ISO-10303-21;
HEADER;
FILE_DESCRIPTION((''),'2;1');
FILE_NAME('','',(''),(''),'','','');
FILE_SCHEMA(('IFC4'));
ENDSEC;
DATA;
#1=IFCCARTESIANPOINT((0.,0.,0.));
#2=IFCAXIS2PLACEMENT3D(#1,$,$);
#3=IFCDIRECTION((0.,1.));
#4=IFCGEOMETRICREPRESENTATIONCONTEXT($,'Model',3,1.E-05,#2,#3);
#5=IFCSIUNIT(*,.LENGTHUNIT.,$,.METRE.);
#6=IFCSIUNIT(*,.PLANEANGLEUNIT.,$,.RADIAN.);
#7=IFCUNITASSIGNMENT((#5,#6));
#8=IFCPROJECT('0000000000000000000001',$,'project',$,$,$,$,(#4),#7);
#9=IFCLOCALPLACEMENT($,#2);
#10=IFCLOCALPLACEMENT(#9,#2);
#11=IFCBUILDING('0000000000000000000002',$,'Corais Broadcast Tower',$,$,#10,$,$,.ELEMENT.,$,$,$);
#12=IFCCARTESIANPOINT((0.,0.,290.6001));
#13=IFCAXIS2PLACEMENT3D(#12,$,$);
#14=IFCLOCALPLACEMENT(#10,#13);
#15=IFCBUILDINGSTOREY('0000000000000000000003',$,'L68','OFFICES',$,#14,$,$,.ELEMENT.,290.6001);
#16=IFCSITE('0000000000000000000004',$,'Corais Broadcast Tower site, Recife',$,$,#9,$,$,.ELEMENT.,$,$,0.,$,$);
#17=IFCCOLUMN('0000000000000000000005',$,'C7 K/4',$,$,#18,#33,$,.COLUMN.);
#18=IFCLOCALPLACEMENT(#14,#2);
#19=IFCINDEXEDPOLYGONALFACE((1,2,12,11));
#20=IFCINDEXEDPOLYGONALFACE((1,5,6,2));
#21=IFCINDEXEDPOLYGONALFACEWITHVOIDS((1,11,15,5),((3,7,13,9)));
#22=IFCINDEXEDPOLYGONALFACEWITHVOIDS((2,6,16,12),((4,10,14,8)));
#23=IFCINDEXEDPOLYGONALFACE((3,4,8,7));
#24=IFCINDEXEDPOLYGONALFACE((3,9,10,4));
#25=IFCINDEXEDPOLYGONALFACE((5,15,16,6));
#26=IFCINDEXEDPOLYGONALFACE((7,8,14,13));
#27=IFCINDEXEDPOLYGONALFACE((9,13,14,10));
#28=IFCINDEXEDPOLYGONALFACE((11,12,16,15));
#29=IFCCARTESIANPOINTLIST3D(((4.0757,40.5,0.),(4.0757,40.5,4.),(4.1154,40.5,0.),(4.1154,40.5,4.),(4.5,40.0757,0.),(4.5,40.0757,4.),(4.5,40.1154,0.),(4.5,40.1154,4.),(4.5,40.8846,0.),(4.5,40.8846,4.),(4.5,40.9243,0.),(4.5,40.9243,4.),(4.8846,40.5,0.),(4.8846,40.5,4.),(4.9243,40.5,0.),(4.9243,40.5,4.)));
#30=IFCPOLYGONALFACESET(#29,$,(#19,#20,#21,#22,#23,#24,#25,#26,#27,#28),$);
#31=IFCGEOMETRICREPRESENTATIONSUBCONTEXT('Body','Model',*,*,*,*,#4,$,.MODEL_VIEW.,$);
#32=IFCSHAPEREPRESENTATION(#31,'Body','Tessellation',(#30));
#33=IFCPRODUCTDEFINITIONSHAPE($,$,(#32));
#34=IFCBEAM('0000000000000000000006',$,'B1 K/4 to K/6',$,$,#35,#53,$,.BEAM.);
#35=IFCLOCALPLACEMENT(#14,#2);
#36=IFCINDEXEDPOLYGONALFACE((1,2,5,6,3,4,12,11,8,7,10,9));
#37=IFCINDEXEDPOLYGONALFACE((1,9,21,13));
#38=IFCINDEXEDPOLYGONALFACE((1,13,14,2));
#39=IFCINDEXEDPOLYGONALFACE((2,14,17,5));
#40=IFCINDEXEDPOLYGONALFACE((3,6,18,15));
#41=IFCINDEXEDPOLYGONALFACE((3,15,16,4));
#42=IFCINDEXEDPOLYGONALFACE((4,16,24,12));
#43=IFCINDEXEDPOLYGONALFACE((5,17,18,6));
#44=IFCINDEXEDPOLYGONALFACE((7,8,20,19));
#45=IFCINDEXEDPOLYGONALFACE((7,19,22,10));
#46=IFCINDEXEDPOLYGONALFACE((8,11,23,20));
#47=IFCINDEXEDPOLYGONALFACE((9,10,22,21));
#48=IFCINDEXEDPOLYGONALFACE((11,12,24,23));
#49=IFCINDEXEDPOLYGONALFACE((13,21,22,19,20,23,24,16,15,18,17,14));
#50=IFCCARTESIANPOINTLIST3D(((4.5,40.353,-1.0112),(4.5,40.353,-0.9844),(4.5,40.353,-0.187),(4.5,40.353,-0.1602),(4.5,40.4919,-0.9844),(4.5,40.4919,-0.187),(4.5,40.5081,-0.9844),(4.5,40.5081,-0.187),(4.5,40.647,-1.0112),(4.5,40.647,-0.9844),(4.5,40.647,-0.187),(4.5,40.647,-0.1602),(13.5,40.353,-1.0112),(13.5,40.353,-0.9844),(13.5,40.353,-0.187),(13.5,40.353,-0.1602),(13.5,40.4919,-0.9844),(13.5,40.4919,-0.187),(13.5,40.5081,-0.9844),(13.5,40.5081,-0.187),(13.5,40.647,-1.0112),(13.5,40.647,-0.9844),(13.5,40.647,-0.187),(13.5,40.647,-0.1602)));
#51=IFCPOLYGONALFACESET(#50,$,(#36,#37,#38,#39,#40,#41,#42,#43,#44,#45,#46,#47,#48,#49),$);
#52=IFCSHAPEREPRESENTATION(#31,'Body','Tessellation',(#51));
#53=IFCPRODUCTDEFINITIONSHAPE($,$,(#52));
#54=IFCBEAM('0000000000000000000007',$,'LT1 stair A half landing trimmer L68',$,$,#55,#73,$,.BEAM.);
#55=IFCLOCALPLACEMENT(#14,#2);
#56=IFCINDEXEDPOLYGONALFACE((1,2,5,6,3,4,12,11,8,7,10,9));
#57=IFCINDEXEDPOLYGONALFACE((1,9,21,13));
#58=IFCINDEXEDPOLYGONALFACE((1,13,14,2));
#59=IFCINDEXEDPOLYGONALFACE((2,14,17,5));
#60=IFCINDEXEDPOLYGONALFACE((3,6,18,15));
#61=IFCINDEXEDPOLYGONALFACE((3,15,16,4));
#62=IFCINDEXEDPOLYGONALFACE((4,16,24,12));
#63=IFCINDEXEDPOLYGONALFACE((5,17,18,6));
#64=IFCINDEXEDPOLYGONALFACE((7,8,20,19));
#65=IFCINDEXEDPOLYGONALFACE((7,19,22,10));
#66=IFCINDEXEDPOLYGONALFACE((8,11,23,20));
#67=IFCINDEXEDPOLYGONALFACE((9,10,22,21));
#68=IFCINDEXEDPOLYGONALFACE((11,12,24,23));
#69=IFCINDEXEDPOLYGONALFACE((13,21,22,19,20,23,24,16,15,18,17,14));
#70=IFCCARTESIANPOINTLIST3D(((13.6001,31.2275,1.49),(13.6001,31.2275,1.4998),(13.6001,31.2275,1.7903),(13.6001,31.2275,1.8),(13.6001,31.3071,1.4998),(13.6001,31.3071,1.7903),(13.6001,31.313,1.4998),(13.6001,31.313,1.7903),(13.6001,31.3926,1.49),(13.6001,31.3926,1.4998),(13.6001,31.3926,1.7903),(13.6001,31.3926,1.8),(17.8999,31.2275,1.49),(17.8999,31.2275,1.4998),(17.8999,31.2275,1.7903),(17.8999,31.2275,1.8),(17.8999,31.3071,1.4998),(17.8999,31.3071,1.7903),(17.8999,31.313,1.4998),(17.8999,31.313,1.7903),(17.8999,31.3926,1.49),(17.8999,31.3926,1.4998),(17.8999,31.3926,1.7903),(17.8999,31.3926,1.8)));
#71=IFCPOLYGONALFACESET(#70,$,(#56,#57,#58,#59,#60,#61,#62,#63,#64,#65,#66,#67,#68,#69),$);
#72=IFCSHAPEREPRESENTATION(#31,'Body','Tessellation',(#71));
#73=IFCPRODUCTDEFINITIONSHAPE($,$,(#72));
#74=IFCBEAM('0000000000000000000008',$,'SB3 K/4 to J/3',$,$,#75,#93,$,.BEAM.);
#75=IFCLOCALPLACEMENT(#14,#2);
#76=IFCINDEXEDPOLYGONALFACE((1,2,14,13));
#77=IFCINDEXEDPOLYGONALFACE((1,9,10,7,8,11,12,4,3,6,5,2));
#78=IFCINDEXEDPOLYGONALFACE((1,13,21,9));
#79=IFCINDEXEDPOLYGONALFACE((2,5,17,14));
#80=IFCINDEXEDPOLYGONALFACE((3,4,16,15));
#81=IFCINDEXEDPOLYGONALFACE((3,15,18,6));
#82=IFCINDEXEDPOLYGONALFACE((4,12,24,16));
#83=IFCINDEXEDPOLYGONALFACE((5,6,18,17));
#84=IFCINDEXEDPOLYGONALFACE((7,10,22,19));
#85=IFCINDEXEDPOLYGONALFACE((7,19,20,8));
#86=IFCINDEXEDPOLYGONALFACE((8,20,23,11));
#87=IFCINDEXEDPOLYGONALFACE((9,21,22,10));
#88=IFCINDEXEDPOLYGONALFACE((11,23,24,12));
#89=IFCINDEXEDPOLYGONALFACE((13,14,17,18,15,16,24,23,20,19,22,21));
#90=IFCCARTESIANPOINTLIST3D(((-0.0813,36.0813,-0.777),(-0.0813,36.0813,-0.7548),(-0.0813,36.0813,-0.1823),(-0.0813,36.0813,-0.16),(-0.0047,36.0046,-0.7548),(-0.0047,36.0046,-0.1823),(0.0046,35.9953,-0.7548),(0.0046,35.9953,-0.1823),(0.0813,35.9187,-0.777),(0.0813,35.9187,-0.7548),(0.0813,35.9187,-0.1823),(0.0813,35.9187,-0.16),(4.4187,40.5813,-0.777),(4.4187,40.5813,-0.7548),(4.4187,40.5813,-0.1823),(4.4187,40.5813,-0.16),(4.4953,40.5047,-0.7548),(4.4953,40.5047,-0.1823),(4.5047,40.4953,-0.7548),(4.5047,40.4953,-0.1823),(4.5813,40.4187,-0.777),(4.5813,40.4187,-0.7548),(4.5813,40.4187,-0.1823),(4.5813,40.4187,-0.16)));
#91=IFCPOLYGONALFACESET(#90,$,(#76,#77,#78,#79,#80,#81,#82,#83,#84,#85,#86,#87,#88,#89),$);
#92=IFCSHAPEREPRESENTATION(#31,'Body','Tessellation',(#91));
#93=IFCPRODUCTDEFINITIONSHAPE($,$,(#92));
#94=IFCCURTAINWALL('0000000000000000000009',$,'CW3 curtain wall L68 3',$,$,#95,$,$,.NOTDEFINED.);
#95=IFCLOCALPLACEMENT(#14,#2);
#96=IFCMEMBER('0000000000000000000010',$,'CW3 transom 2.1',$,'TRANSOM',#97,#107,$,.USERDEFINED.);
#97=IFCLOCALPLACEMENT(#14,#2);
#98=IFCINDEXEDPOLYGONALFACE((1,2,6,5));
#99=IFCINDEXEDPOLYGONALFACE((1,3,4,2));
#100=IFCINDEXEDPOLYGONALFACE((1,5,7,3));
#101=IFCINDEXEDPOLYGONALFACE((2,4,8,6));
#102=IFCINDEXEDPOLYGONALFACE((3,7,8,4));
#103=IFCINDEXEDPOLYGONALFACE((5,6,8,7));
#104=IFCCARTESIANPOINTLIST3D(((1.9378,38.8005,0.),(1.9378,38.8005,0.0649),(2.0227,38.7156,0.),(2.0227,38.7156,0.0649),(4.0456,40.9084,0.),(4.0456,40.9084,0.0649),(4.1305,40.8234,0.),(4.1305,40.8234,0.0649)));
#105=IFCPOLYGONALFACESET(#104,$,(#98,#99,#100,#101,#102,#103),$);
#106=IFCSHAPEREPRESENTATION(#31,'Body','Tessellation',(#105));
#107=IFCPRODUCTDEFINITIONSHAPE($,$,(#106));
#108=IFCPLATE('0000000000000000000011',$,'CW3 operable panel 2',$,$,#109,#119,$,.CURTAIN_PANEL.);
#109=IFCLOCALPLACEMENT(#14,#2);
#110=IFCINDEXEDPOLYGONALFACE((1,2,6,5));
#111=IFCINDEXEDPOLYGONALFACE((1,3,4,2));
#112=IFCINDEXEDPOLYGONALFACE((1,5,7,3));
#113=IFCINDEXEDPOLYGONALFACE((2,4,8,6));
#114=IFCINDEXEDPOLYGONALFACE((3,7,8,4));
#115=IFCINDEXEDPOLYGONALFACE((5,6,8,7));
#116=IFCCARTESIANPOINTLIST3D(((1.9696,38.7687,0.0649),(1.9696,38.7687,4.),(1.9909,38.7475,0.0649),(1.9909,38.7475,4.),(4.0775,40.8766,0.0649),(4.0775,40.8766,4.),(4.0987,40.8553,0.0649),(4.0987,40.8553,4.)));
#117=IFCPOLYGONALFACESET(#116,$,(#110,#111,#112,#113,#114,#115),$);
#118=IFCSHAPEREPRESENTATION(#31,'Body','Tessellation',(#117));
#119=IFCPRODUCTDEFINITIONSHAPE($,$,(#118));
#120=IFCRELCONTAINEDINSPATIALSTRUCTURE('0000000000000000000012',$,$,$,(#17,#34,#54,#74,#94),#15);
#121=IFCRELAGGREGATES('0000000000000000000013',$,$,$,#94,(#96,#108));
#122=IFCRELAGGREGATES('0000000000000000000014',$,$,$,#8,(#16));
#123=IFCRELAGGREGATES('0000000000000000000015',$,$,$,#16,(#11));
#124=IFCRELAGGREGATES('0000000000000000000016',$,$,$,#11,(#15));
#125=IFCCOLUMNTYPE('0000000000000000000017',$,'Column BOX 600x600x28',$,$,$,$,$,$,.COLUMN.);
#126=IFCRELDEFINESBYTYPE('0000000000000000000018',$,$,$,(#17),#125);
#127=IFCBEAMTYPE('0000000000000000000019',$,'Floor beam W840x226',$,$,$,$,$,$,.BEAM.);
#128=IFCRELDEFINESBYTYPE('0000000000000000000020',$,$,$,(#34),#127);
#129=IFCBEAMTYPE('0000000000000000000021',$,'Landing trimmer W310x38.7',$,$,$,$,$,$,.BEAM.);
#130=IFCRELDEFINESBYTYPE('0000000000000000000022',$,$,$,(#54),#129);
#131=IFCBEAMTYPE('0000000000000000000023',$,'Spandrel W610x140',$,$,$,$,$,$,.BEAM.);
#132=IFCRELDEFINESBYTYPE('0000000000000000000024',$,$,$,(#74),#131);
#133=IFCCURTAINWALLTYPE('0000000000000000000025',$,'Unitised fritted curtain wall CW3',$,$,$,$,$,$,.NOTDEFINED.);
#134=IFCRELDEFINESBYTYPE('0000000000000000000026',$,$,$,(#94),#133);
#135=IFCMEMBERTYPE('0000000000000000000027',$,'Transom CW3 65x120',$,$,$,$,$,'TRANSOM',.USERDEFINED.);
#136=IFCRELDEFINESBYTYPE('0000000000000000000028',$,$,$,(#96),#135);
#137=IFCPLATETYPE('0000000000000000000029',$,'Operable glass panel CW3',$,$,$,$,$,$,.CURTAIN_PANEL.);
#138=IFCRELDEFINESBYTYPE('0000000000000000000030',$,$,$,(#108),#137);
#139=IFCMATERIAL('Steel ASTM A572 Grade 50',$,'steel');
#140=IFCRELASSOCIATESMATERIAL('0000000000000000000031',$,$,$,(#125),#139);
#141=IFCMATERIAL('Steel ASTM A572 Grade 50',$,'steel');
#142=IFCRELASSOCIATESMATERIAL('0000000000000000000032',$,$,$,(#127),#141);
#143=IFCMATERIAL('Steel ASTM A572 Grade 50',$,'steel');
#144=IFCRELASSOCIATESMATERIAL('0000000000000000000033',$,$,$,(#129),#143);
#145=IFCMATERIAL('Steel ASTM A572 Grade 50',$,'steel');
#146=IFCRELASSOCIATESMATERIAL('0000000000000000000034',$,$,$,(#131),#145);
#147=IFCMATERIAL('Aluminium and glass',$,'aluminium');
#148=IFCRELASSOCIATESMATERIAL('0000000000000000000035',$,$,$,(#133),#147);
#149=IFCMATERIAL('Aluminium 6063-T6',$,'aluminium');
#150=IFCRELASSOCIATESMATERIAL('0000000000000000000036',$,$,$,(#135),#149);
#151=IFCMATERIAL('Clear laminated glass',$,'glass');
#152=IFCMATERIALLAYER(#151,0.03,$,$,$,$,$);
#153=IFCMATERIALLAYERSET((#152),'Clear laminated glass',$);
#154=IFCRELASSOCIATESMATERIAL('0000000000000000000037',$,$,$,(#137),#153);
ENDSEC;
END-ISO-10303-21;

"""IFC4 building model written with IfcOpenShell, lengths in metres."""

from ifc_helpers import new_model, si_unit, direction, frame, origin, origin_2d, place, context, subcontext, project, spatial, rectangle, hollow_rectangle, i_section, extrude, material, layer, layer_set, material_profile, profile_set, type_object, element, aggregate, save


model = new_model("IFC4")

# Units and contexts
model_context = context("Model", 3, precision=1e-05, world=origin(), true_north=direction((0.0, 1.0)))
body_context = subcontext(model_context, "Body", "Model", "MODEL_VIEW")
ifc_project = project(units=[si_unit("LENGTHUNIT", "METRE"), si_unit("PLANEANGLEUNIT", "RADIAN")], contexts=[model_context])

# Site, building, storey
site_placement = place(None, origin())
site = spatial("IfcSite", under=ifc_project, at=site_placement, Name="Corais Broadcast Tower site, Recife", CompositionType="ELEMENT", RefElevation=0.0)
building_placement = place(site_placement, origin())
building = spatial("IfcBuilding", under=site, at=building_placement, Name="Corais Broadcast Tower", CompositionType="ELEMENT")
storey_placement = place(building_placement, frame((0.0, 0.0, 290.6001)))
storey = spatial("IfcBuildingStorey", under=building, at=storey_placement, Name="L68", Description="OFFICES", CompositionType="ELEMENT", Elevation=290.6001)

# Column
ifc_material_1 = material(Name="Steel ASTM A572 Grade 50", Category="steel")
ifc_material_profile_1 = material_profile(ifc_material_1, hollow_rectangle(XDim=0.6001, YDim=0.6001, WallThickness=0.0281, at=origin_2d()), Name="BOX 600x600x28")
ifc_profile_set_1 = profile_set([ifc_material_profile_1], Name="Steel ASTM A572 Grade 50")
column_type = type_object("IfcColumnType", Name="Column BOX 600x600x28", PredefinedType="COLUMN", material=ifc_profile_set_1)
column_placement = place(storey_placement, frame((4.5, 40.5, 0.0), z_axis=(0.0, 0.0, 1.0), x_axis=(0.707107, 0.707107, 0.0)))
element("IfcColumn", 1, at=column_placement, inside=storey, type_object=column_type, Name="C7 K/4", PredefinedType="COLUMN", context=body_context, shape_type="SweptSolid", body=[
    extrude(hollow_rectangle(XDim=0.6001, YDim=0.6001, WallThickness=0.0281, at=origin_2d()), origin(), (0.0, 0.0, 1.0), 4.0),
])

# Beams
ifc_material_2 = material(Name="Steel ASTM A572 Grade 50", Category="steel")
ifc_material_profile_2 = material_profile(ifc_material_2, i_section(OverallWidth=0.2939, OverallDepth=0.8511, WebThickness=0.0161, FlangeThickness=0.0269, at=origin_2d()), Name="W840x226")
ifc_profile_set_2 = profile_set([ifc_material_profile_2], Name="Steel ASTM A572 Grade 50")
beam_type_1 = type_object("IfcBeamType", Name="Floor beam W840x226", PredefinedType="BEAM", material=ifc_profile_set_2)
beam_1_placement = place(storey_placement, frame((4.5, 40.5, -0.5857), z_axis=(1.0, 0.0, 0.0), x_axis=(0.0, 1.0, 0.0)))
element("IfcBeam", 2, at=beam_1_placement, inside=storey, type_object=beam_type_1, Name="B1 K/4 to K/6", PredefinedType="BEAM", context=body_context, shape_type="SweptSolid", body=[
    extrude(i_section(OverallWidth=0.2939, OverallDepth=0.8511, WebThickness=0.0161, FlangeThickness=0.0269, at=origin_2d()), origin(), (0.0, 0.0, 1.0), 9.0),
])
ifc_material_3 = material(Name="Steel ASTM A572 Grade 50", Category="steel")
ifc_material_profile_3 = material_profile(ifc_material_3, i_section(OverallWidth=0.165, OverallDepth=0.3101, WebThickness=0.0059, FlangeThickness=0.0098, at=origin_2d()), Name="W310x38.7")
ifc_profile_set_3 = profile_set([ifc_material_profile_3], Name="Steel ASTM A572 Grade 50")
beam_type_2 = type_object("IfcBeamType", Name="Landing trimmer W310x38.7", PredefinedType="BEAM", material=ifc_profile_set_3)
beam_2_placement = place(storey_placement, frame((13.6001, 31.3101, 1.645), z_axis=(1.0, 0.0, 0.0), x_axis=(0.0, 1.0, 0.0)))
element("IfcBeam", 3, at=beam_2_placement, inside=storey, type_object=beam_type_2, Name="LT1 stair A half landing trimmer L68", PredefinedType="BEAM", context=body_context, shape_type="SweptSolid", body=[
    extrude(i_section(OverallWidth=0.165, OverallDepth=0.3101, WebThickness=0.0059, FlangeThickness=0.0098, at=origin_2d()), origin(), (0.0, 0.0, 1.0), 4.2998),
])
ifc_material_4 = material(Name="Steel ASTM A572 Grade 50", Category="steel")
ifc_material_profile_4 = material_profile(ifc_material_4, i_section(OverallWidth=0.23, OverallDepth=0.6169, WebThickness=0.0132, FlangeThickness=0.0222, at=origin_2d()), Name="W610x140")
ifc_profile_set_4 = profile_set([ifc_material_profile_4], Name="Steel ASTM A572 Grade 50")
beam_type_3 = type_object("IfcBeamType", Name="Spandrel W610x140", PredefinedType="BEAM", material=ifc_profile_set_4)
beam_3_placement = place(storey_placement, frame((4.5, 40.5, -0.4685), z_axis=(-0.707107, -0.707107, 0.0), x_axis=(0.707107, -0.707107, 0.0)))
element("IfcBeam", 4, at=beam_3_placement, inside=storey, type_object=beam_type_3, Name="SB3 K/4 to J/3", PredefinedType="BEAM", context=body_context, shape_type="SweptSolid", body=[
    extrude(i_section(OverallWidth=0.23, OverallDepth=0.6169, WebThickness=0.0132, FlangeThickness=0.0222, at=origin_2d()), origin(), (0.0, 0.0, 1.0), 6.364),
])

# Curtain wall, member, plate
ifc_material_5 = material(Name="Aluminium and glass", Category="aluminium")
curtain_wall_type = type_object("IfcCurtainWallType", Name="Unitised fritted curtain wall CW3", PredefinedType="NOTDEFINED", material=ifc_material_5)
curtain_wall_placement = place(storey_placement, origin())
curtain_wall = element("IfcCurtainWall", 5, at=curtain_wall_placement, inside=storey, type_object=curtain_wall_type, Name="CW3 curtain wall L68 3", PredefinedType="NOTDEFINED")
ifc_material_6 = material(Name="Aluminium 6063-T6", Category="aluminium")
ifc_material_profile_5 = material_profile(ifc_material_6, rectangle(XDim=0.1201, YDim=0.0649, at=origin_2d()), Name="Transom CW3 65x120")
ifc_profile_set_5 = profile_set([ifc_material_profile_5], Name="Aluminium 6063-T6")
member_type = type_object("IfcMemberType", Name="Transom CW3 65x120", ElementType="TRANSOM", PredefinedType="USERDEFINED", material=ifc_profile_set_5)
member_placement = place(storey_placement, frame((1.9802, 38.7581, 0.0325), z_axis=(0.707107, 0.707107, 0.0), x_axis=(-0.707107, 0.707107, 0.0)))
member = element("IfcMember", 6, at=member_placement, type_object=member_type, Name="CW3 transom 2.1", ObjectType="TRANSOM", PredefinedType="USERDEFINED", context=body_context, shape_type="SweptSolid", body=[
    extrude(rectangle(XDim=0.1201, YDim=0.0649, at=origin_2d()), origin(), (0.0, 0.0, 1.0), 2.981),
])
ifc_material_7 = material(Name="Clear laminated glass", Category="glass")
ifc_layer_1 = layer(ifc_material_7, 0.03)
ifc_layer_set_1 = layer_set([ifc_layer_1], Name="Clear laminated glass")
plate_type = type_object("IfcPlateType", Name="Operable glass panel CW3", PredefinedType="CURTAIN_PANEL", material=ifc_layer_set_1)
plate_placement = place(storey_placement, frame((3.0342, 39.812, 0.0649), z_axis=(0.0, 0.0, 1.0), x_axis=(0.707107, 0.707107, 0.0)))
plate = element("IfcPlate", 7, at=plate_placement, type_object=plate_type, Name="CW3 operable panel 2", PredefinedType="CURTAIN_PANEL", context=body_context, shape_type="SweptSolid", body=[
    extrude(rectangle(XDim=2.981, YDim=0.03, at=origin_2d()), origin(), (0.0, 0.0, 1.0), 3.9351),
])
aggregate(curtain_wall, [member, plate])

save(model, "model.ifc")
